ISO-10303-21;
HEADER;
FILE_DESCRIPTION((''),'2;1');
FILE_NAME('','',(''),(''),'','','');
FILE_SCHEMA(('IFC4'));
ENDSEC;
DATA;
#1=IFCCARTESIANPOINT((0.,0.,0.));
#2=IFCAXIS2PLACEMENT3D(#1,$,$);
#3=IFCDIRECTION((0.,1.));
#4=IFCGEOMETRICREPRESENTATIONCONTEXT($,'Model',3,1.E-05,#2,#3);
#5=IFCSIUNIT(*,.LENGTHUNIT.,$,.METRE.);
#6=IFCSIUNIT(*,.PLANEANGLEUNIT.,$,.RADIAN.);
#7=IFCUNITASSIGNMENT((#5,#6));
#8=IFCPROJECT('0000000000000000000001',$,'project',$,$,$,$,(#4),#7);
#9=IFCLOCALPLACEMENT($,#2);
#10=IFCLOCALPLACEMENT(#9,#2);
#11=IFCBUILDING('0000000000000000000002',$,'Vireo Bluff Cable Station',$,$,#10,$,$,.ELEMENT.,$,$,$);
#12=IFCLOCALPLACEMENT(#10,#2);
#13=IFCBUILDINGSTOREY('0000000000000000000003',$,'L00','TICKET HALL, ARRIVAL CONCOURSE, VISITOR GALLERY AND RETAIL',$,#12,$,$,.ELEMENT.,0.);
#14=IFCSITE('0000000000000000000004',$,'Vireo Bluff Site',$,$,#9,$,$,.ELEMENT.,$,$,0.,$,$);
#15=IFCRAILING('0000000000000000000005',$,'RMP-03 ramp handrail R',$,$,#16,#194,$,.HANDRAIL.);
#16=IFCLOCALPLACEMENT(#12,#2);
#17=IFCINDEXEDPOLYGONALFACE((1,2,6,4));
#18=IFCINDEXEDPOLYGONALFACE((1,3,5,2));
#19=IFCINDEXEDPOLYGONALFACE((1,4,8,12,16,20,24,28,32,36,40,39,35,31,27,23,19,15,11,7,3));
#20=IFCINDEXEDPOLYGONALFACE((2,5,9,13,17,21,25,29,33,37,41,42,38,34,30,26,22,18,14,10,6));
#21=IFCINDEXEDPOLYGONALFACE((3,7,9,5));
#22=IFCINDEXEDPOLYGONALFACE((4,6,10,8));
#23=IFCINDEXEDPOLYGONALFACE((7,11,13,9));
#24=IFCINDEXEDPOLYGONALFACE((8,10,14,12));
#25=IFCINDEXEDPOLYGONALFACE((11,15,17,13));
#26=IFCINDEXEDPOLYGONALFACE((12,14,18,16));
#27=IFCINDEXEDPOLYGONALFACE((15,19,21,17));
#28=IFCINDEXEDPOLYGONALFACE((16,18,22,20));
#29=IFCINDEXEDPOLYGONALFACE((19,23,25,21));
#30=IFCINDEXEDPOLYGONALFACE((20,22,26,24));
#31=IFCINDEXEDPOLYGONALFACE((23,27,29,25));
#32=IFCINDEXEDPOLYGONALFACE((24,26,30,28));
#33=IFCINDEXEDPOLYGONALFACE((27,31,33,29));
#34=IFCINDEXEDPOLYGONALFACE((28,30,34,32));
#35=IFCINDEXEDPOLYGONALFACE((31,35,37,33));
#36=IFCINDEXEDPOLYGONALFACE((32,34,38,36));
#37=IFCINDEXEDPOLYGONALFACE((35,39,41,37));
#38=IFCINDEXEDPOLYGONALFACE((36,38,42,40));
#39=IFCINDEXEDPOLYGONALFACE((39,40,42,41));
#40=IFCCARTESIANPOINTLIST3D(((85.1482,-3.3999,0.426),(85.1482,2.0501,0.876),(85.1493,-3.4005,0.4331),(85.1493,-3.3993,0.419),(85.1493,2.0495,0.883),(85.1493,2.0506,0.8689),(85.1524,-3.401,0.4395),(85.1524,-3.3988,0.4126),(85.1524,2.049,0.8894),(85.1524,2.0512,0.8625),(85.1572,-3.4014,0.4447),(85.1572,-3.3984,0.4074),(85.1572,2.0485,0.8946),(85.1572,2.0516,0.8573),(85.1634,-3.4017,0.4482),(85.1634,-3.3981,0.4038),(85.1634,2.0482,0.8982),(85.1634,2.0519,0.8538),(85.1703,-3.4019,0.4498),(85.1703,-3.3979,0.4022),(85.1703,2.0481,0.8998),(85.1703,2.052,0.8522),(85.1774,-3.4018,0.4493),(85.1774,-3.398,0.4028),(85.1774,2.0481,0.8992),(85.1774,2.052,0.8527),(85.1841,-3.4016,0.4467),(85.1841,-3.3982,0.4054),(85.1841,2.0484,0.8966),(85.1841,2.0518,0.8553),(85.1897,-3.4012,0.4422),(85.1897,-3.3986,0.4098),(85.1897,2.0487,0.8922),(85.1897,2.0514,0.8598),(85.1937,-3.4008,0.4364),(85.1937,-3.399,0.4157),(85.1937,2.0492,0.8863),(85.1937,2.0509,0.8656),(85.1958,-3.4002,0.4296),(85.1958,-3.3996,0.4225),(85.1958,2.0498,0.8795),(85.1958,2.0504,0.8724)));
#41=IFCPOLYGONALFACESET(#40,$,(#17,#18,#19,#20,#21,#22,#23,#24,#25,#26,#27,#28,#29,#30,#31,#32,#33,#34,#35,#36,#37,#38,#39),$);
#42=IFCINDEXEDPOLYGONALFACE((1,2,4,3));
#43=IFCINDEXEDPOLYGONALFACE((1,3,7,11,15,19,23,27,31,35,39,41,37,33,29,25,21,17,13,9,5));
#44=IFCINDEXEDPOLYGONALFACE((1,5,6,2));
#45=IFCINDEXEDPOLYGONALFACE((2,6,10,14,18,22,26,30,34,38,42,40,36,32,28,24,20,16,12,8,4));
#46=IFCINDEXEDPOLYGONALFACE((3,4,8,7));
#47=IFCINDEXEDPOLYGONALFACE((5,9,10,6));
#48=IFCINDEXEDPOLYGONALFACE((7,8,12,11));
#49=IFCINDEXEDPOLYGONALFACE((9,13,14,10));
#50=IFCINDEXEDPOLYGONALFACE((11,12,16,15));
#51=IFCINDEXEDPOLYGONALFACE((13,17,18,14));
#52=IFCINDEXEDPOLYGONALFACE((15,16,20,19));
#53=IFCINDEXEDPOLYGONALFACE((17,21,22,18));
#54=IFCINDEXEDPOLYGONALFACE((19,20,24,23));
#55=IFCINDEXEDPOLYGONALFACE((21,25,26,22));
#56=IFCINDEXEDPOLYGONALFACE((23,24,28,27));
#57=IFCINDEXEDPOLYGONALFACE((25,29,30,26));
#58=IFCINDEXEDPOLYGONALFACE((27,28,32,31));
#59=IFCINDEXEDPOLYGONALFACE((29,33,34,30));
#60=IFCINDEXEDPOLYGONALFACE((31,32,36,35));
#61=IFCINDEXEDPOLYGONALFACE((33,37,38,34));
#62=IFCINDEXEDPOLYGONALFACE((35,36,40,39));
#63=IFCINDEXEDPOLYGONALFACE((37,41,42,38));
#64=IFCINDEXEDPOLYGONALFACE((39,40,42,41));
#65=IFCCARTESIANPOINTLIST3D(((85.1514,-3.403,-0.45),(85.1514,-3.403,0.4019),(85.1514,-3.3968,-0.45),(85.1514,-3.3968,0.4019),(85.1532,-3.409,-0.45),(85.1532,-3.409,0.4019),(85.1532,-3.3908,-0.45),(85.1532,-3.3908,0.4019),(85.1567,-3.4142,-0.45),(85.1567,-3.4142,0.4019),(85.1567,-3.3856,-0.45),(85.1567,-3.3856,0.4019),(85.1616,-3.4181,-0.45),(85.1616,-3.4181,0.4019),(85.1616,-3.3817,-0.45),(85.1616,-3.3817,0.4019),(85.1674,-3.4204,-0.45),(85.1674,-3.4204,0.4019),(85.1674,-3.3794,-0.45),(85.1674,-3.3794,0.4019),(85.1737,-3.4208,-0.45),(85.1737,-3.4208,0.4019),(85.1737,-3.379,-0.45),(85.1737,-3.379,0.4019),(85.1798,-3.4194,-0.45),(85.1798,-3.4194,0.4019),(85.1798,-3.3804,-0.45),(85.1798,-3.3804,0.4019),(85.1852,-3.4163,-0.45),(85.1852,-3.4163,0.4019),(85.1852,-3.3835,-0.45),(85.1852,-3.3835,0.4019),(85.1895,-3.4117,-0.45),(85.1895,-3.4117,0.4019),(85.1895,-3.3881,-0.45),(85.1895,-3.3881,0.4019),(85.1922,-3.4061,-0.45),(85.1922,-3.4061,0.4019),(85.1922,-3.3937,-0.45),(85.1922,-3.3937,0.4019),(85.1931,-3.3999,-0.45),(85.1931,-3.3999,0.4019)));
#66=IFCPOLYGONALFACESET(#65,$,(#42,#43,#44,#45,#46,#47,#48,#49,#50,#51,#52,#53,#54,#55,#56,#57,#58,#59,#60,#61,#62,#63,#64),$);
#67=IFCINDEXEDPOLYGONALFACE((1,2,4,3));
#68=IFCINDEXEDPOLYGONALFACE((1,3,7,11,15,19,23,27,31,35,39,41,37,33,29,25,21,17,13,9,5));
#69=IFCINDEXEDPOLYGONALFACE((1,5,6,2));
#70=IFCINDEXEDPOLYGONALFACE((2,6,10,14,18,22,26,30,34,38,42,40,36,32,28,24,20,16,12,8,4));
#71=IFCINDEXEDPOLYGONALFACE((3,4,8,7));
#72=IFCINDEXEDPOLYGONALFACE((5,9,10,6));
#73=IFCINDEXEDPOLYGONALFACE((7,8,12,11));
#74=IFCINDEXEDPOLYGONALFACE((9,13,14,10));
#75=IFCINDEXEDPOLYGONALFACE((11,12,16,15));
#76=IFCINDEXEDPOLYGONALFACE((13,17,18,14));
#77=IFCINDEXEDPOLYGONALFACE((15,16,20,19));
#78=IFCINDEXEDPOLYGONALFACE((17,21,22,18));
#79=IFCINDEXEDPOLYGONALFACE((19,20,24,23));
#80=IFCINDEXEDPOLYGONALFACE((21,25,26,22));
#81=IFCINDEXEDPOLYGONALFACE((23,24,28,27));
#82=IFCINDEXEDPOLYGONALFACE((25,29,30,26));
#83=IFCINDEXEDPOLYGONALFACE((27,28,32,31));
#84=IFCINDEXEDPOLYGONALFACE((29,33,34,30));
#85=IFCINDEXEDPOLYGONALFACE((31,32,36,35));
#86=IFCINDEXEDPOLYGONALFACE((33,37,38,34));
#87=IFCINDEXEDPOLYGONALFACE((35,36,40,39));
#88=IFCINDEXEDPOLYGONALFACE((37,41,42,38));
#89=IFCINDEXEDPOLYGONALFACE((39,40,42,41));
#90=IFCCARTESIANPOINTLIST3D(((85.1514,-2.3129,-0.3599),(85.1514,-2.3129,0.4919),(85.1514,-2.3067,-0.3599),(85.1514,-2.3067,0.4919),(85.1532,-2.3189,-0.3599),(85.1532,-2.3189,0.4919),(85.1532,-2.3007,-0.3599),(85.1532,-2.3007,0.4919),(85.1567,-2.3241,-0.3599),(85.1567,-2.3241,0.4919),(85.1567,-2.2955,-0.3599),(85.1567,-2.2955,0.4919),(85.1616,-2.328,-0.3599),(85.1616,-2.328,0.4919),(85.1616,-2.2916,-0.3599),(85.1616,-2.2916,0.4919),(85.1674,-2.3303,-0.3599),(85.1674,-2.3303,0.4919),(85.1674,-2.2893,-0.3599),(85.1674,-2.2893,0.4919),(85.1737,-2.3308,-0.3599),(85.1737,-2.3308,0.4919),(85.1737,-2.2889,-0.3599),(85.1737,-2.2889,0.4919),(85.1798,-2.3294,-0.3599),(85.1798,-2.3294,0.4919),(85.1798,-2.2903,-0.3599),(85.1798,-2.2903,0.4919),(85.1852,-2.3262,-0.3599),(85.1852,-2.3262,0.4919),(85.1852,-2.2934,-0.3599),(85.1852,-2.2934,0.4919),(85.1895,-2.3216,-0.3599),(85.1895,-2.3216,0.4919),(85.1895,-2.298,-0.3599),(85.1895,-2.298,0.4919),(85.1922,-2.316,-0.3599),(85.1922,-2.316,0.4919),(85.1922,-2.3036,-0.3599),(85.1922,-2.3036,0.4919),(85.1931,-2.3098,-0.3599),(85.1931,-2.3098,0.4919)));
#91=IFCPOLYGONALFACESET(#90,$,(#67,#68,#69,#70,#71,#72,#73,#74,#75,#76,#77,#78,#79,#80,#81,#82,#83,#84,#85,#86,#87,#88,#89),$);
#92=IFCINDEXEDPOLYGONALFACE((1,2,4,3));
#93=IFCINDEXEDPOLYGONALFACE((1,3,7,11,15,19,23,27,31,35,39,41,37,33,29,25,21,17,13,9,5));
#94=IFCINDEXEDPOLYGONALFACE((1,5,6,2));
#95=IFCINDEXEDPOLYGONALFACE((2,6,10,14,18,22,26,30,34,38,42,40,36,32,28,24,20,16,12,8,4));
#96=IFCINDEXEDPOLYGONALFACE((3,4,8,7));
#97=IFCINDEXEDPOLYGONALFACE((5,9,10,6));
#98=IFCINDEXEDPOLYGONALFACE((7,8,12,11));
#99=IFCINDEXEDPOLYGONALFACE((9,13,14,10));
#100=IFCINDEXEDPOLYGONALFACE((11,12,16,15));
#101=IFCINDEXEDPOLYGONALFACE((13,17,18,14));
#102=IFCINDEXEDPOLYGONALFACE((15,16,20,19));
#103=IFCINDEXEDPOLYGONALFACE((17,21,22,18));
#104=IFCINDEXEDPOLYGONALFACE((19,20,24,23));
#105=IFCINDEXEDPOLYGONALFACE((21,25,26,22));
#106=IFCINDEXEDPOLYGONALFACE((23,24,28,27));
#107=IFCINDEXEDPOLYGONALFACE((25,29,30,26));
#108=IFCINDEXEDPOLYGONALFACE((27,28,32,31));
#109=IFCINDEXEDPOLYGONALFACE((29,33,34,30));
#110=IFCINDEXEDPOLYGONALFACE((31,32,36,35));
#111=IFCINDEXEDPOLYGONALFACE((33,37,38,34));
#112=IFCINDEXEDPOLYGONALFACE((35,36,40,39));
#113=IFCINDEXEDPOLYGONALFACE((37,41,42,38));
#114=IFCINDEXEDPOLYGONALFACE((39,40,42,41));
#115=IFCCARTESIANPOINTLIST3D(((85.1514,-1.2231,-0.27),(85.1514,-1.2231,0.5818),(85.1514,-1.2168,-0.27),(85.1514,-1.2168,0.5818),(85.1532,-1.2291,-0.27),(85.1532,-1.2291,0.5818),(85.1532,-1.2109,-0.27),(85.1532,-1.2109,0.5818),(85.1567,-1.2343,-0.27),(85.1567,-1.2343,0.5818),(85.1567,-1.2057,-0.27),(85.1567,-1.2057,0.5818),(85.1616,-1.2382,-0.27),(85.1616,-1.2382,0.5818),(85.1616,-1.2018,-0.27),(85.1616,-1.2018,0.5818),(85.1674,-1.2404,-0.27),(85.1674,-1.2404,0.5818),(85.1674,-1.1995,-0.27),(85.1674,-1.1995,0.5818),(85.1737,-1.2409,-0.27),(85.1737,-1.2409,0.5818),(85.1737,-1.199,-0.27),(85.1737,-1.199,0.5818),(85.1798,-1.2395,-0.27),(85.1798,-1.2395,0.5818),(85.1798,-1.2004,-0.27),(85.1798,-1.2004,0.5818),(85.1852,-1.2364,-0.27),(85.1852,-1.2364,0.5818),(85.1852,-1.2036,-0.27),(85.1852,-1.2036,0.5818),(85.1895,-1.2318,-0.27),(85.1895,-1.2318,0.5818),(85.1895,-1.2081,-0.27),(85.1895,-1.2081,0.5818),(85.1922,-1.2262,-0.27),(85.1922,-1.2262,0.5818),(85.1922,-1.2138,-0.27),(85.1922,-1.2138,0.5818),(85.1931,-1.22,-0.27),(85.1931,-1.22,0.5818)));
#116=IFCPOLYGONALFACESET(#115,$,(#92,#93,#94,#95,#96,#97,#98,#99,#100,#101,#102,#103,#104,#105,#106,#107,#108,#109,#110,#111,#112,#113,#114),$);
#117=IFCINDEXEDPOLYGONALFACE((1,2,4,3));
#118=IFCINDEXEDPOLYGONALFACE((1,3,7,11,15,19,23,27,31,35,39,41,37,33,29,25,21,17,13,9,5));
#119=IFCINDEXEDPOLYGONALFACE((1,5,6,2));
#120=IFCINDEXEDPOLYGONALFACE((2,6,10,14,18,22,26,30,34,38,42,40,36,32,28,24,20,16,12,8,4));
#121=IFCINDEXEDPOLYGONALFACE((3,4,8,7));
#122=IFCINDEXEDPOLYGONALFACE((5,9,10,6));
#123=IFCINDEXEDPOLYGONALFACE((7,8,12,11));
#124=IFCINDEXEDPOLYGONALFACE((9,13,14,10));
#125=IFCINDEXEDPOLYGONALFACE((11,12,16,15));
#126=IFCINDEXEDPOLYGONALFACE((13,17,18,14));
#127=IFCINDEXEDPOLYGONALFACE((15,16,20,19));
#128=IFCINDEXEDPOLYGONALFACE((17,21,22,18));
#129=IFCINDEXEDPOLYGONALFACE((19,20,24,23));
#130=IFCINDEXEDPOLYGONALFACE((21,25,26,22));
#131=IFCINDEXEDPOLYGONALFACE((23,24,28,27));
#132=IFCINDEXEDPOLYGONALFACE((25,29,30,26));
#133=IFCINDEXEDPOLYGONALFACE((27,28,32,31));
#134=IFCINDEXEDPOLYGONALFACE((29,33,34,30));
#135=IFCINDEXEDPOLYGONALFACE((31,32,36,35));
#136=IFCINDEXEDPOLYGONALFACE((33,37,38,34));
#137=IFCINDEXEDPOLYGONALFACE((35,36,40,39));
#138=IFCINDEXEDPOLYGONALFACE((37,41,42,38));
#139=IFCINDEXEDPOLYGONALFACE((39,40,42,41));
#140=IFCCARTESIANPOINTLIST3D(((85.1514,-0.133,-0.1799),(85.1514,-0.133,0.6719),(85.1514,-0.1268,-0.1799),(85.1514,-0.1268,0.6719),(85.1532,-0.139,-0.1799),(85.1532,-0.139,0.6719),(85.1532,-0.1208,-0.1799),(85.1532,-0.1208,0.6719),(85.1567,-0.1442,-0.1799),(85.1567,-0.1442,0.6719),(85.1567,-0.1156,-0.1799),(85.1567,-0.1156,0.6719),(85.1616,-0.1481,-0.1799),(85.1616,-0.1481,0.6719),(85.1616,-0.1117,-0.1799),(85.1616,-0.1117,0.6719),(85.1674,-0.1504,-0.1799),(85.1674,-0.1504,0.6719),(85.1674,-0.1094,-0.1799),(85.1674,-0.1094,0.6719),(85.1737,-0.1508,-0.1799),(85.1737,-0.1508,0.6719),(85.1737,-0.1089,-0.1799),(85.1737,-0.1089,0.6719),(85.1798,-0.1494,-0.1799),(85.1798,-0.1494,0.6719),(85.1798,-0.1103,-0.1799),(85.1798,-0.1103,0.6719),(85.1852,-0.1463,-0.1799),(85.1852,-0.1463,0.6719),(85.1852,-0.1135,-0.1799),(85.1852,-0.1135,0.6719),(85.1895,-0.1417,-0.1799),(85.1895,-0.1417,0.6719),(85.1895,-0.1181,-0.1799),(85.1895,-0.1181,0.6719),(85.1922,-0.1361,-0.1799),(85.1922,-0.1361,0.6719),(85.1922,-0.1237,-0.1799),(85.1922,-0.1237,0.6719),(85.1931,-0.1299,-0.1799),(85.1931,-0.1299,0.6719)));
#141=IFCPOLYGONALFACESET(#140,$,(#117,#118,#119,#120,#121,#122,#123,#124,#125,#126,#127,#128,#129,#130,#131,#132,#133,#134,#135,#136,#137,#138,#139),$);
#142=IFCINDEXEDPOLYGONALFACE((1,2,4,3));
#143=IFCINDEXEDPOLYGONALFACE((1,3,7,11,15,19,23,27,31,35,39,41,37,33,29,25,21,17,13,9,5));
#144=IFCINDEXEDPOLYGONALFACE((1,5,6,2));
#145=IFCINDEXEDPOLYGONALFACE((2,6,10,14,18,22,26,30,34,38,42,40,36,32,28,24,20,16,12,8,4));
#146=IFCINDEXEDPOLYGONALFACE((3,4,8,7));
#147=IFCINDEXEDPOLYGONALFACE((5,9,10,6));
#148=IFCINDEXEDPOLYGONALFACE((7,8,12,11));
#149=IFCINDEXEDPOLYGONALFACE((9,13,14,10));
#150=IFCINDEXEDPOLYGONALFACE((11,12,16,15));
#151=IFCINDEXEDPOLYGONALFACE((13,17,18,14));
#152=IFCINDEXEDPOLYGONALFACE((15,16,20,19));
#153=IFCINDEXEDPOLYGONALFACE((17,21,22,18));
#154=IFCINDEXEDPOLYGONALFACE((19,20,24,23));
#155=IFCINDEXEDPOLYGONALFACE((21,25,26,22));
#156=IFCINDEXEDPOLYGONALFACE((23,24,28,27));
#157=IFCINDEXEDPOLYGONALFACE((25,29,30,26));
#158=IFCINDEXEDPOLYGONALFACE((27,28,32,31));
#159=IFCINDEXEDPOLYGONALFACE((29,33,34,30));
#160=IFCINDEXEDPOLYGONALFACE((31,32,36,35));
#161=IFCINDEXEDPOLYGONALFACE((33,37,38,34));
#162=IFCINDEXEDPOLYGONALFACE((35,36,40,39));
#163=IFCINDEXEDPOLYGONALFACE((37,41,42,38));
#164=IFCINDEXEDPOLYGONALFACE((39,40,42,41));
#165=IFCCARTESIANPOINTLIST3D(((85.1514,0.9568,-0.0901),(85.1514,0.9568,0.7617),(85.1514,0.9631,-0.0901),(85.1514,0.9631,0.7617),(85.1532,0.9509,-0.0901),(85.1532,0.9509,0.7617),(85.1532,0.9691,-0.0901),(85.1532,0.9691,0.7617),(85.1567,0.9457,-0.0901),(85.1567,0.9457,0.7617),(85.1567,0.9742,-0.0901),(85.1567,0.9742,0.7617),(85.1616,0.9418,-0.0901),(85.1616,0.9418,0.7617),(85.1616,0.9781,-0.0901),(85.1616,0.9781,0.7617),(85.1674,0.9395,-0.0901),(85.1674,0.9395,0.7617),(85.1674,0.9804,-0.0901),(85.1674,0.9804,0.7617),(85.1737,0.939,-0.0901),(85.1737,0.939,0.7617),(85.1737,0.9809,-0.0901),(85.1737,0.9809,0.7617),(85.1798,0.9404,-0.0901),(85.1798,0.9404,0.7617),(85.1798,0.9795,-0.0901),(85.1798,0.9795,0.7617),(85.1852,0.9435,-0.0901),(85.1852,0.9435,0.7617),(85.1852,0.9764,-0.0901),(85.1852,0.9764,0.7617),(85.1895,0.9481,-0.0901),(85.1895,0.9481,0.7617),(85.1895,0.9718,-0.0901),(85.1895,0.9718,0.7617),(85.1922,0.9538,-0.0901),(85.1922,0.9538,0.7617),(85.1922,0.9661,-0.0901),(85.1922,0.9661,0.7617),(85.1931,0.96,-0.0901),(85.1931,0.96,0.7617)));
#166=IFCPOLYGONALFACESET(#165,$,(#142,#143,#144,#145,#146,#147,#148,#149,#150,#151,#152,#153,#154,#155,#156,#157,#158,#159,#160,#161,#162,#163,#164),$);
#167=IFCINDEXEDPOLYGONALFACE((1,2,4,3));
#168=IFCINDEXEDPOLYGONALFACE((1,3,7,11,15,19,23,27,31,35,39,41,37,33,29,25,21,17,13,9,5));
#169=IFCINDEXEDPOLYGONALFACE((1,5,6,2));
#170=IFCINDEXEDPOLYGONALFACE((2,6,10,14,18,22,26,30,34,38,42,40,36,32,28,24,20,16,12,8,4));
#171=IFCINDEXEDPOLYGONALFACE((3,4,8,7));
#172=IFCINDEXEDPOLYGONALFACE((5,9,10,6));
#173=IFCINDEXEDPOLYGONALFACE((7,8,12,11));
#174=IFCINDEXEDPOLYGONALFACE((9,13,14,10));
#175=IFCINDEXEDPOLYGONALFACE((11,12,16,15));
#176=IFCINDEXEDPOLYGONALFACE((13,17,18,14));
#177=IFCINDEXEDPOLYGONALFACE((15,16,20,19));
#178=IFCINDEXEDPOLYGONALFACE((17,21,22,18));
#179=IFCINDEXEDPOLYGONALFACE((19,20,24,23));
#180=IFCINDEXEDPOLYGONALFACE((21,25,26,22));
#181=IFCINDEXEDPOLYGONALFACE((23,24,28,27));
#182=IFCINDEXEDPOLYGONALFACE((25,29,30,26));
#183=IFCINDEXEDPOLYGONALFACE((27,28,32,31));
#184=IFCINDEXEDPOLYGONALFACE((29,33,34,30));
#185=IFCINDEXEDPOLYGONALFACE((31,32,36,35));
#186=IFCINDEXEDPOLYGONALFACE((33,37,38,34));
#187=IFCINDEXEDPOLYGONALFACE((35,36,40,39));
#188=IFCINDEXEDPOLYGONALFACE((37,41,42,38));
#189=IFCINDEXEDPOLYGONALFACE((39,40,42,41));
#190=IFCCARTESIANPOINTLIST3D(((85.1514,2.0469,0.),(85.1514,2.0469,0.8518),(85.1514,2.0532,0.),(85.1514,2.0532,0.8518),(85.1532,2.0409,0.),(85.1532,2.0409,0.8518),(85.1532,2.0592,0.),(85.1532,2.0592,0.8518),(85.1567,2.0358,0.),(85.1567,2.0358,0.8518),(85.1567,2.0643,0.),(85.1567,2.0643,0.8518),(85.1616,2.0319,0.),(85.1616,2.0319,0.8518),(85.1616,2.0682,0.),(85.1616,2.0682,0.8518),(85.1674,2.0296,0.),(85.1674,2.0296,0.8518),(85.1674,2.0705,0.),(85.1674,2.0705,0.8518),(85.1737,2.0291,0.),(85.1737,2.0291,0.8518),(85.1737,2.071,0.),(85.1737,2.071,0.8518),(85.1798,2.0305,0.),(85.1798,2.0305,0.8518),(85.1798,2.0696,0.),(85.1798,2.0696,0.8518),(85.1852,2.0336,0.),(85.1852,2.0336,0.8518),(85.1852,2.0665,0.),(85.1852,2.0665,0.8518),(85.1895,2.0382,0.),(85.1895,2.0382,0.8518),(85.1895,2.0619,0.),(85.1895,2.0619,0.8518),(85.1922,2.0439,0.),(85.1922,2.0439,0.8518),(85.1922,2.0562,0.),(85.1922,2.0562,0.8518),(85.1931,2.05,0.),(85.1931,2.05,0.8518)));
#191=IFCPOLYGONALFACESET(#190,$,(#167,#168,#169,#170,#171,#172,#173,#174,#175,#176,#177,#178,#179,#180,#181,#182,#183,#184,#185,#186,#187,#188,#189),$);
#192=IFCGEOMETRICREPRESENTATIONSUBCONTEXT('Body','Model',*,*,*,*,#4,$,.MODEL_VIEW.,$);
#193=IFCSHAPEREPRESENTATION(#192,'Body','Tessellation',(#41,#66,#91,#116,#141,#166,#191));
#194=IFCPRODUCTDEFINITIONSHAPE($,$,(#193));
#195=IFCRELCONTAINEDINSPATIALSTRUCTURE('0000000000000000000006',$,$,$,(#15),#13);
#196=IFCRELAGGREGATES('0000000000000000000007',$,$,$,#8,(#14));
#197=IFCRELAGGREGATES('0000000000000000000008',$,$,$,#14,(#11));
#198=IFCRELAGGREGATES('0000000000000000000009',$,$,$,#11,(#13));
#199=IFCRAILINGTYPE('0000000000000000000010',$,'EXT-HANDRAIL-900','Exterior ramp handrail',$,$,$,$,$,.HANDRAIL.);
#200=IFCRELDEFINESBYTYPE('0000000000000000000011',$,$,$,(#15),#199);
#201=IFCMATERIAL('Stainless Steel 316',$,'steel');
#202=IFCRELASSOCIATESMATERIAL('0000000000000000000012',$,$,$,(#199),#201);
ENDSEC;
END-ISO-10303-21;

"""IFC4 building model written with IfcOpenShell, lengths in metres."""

from ifc_helpers import new_model, si_unit, direction, frame, origin, origin_2d, place, context, subcontext, project, spatial, circle, extrude, material, type_object, element, save


model = new_model("IFC4")

# Units and contexts
model_context = context("Model", 3, precision=1e-05, world=origin(), true_north=direction((0.0, 1.0)))
body_context = subcontext(model_context, "Body", "Model", "MODEL_VIEW")
ifc_project = project(units=[si_unit("LENGTHUNIT", "METRE"), si_unit("PLANEANGLEUNIT", "RADIAN")], contexts=[model_context])

# Site, building, storey
site_placement = place(None, origin())
site = spatial("IfcSite", under=ifc_project, at=site_placement, Name="Vireo Bluff Site", CompositionType="ELEMENT", RefElevation=0.0)
building_placement = place(site_placement, origin())
building = spatial("IfcBuilding", under=site, at=building_placement, Name="Vireo Bluff Cable Station", CompositionType="ELEMENT")
storey_placement = place(building_placement, origin())
storey = spatial("IfcBuildingStorey", under=building, at=storey_placement, Name="L00", Description="TICKET HALL, ARRIVAL CONCOURSE, VISITOR GALLERY AND RETAIL", CompositionType="ELEMENT", Elevation=0.0)

# Railing
ifc_material_1 = material(Name="Stainless Steel 316", Category="steel")
railing_type = type_object("IfcRailingType", Name="EXT-HANDRAIL-900", Description="Exterior ramp handrail", PredefinedType="HANDRAIL", material=ifc_material_1)
for number, where, name in (
    (1, (85.1721, -3.3999, -0.45), "RMP-03 ramp handrail R"),
):
    element("IfcRailing", number, at=place(storey_placement, frame(where)), inside=storey, type_object=railing_type, Name=name, PredefinedType="HANDRAIL", context=body_context, shape_type="SweptSolid", body=[
        extrude(circle(Radius=0.0239, at=origin_2d()), frame((0.0, 0.0, 0.876), z_axis=(0.0, 0.996609, 0.082281), x_axis=(-1.0, 0.0, 0.0)), (0.0, 0.0, 1.0), 5.4685),
        extrude(circle(Radius=0.021, at=origin_2d()), origin(), (0.0, 0.0, 1.0), 0.8518),
        extrude(circle(Radius=0.021, at=origin_2d()), frame((0.0, 1.0901, 0.0901)), (0.0, 0.0, 1.0), 0.8518),
        extrude(circle(Radius=0.021, at=origin_2d()), frame((0.0, 2.1799, 0.1799)), (0.0, 0.0, 1.0), 0.8518),
        extrude(circle(Radius=0.021, at=origin_2d()), frame((0.0, 3.27, 0.27)), (0.0, 0.0, 1.0), 0.8518),
        extrude(circle(Radius=0.021, at=origin_2d()), frame((0.0, 4.3599, 0.3599)), (0.0, 0.0, 1.0), 0.8518),
        extrude(circle(Radius=0.021, at=origin_2d()), frame((0.0, 5.45, 0.45)), (0.0, 0.0, 1.0), 0.8518),
    ])

save(model, "model.ifc")
